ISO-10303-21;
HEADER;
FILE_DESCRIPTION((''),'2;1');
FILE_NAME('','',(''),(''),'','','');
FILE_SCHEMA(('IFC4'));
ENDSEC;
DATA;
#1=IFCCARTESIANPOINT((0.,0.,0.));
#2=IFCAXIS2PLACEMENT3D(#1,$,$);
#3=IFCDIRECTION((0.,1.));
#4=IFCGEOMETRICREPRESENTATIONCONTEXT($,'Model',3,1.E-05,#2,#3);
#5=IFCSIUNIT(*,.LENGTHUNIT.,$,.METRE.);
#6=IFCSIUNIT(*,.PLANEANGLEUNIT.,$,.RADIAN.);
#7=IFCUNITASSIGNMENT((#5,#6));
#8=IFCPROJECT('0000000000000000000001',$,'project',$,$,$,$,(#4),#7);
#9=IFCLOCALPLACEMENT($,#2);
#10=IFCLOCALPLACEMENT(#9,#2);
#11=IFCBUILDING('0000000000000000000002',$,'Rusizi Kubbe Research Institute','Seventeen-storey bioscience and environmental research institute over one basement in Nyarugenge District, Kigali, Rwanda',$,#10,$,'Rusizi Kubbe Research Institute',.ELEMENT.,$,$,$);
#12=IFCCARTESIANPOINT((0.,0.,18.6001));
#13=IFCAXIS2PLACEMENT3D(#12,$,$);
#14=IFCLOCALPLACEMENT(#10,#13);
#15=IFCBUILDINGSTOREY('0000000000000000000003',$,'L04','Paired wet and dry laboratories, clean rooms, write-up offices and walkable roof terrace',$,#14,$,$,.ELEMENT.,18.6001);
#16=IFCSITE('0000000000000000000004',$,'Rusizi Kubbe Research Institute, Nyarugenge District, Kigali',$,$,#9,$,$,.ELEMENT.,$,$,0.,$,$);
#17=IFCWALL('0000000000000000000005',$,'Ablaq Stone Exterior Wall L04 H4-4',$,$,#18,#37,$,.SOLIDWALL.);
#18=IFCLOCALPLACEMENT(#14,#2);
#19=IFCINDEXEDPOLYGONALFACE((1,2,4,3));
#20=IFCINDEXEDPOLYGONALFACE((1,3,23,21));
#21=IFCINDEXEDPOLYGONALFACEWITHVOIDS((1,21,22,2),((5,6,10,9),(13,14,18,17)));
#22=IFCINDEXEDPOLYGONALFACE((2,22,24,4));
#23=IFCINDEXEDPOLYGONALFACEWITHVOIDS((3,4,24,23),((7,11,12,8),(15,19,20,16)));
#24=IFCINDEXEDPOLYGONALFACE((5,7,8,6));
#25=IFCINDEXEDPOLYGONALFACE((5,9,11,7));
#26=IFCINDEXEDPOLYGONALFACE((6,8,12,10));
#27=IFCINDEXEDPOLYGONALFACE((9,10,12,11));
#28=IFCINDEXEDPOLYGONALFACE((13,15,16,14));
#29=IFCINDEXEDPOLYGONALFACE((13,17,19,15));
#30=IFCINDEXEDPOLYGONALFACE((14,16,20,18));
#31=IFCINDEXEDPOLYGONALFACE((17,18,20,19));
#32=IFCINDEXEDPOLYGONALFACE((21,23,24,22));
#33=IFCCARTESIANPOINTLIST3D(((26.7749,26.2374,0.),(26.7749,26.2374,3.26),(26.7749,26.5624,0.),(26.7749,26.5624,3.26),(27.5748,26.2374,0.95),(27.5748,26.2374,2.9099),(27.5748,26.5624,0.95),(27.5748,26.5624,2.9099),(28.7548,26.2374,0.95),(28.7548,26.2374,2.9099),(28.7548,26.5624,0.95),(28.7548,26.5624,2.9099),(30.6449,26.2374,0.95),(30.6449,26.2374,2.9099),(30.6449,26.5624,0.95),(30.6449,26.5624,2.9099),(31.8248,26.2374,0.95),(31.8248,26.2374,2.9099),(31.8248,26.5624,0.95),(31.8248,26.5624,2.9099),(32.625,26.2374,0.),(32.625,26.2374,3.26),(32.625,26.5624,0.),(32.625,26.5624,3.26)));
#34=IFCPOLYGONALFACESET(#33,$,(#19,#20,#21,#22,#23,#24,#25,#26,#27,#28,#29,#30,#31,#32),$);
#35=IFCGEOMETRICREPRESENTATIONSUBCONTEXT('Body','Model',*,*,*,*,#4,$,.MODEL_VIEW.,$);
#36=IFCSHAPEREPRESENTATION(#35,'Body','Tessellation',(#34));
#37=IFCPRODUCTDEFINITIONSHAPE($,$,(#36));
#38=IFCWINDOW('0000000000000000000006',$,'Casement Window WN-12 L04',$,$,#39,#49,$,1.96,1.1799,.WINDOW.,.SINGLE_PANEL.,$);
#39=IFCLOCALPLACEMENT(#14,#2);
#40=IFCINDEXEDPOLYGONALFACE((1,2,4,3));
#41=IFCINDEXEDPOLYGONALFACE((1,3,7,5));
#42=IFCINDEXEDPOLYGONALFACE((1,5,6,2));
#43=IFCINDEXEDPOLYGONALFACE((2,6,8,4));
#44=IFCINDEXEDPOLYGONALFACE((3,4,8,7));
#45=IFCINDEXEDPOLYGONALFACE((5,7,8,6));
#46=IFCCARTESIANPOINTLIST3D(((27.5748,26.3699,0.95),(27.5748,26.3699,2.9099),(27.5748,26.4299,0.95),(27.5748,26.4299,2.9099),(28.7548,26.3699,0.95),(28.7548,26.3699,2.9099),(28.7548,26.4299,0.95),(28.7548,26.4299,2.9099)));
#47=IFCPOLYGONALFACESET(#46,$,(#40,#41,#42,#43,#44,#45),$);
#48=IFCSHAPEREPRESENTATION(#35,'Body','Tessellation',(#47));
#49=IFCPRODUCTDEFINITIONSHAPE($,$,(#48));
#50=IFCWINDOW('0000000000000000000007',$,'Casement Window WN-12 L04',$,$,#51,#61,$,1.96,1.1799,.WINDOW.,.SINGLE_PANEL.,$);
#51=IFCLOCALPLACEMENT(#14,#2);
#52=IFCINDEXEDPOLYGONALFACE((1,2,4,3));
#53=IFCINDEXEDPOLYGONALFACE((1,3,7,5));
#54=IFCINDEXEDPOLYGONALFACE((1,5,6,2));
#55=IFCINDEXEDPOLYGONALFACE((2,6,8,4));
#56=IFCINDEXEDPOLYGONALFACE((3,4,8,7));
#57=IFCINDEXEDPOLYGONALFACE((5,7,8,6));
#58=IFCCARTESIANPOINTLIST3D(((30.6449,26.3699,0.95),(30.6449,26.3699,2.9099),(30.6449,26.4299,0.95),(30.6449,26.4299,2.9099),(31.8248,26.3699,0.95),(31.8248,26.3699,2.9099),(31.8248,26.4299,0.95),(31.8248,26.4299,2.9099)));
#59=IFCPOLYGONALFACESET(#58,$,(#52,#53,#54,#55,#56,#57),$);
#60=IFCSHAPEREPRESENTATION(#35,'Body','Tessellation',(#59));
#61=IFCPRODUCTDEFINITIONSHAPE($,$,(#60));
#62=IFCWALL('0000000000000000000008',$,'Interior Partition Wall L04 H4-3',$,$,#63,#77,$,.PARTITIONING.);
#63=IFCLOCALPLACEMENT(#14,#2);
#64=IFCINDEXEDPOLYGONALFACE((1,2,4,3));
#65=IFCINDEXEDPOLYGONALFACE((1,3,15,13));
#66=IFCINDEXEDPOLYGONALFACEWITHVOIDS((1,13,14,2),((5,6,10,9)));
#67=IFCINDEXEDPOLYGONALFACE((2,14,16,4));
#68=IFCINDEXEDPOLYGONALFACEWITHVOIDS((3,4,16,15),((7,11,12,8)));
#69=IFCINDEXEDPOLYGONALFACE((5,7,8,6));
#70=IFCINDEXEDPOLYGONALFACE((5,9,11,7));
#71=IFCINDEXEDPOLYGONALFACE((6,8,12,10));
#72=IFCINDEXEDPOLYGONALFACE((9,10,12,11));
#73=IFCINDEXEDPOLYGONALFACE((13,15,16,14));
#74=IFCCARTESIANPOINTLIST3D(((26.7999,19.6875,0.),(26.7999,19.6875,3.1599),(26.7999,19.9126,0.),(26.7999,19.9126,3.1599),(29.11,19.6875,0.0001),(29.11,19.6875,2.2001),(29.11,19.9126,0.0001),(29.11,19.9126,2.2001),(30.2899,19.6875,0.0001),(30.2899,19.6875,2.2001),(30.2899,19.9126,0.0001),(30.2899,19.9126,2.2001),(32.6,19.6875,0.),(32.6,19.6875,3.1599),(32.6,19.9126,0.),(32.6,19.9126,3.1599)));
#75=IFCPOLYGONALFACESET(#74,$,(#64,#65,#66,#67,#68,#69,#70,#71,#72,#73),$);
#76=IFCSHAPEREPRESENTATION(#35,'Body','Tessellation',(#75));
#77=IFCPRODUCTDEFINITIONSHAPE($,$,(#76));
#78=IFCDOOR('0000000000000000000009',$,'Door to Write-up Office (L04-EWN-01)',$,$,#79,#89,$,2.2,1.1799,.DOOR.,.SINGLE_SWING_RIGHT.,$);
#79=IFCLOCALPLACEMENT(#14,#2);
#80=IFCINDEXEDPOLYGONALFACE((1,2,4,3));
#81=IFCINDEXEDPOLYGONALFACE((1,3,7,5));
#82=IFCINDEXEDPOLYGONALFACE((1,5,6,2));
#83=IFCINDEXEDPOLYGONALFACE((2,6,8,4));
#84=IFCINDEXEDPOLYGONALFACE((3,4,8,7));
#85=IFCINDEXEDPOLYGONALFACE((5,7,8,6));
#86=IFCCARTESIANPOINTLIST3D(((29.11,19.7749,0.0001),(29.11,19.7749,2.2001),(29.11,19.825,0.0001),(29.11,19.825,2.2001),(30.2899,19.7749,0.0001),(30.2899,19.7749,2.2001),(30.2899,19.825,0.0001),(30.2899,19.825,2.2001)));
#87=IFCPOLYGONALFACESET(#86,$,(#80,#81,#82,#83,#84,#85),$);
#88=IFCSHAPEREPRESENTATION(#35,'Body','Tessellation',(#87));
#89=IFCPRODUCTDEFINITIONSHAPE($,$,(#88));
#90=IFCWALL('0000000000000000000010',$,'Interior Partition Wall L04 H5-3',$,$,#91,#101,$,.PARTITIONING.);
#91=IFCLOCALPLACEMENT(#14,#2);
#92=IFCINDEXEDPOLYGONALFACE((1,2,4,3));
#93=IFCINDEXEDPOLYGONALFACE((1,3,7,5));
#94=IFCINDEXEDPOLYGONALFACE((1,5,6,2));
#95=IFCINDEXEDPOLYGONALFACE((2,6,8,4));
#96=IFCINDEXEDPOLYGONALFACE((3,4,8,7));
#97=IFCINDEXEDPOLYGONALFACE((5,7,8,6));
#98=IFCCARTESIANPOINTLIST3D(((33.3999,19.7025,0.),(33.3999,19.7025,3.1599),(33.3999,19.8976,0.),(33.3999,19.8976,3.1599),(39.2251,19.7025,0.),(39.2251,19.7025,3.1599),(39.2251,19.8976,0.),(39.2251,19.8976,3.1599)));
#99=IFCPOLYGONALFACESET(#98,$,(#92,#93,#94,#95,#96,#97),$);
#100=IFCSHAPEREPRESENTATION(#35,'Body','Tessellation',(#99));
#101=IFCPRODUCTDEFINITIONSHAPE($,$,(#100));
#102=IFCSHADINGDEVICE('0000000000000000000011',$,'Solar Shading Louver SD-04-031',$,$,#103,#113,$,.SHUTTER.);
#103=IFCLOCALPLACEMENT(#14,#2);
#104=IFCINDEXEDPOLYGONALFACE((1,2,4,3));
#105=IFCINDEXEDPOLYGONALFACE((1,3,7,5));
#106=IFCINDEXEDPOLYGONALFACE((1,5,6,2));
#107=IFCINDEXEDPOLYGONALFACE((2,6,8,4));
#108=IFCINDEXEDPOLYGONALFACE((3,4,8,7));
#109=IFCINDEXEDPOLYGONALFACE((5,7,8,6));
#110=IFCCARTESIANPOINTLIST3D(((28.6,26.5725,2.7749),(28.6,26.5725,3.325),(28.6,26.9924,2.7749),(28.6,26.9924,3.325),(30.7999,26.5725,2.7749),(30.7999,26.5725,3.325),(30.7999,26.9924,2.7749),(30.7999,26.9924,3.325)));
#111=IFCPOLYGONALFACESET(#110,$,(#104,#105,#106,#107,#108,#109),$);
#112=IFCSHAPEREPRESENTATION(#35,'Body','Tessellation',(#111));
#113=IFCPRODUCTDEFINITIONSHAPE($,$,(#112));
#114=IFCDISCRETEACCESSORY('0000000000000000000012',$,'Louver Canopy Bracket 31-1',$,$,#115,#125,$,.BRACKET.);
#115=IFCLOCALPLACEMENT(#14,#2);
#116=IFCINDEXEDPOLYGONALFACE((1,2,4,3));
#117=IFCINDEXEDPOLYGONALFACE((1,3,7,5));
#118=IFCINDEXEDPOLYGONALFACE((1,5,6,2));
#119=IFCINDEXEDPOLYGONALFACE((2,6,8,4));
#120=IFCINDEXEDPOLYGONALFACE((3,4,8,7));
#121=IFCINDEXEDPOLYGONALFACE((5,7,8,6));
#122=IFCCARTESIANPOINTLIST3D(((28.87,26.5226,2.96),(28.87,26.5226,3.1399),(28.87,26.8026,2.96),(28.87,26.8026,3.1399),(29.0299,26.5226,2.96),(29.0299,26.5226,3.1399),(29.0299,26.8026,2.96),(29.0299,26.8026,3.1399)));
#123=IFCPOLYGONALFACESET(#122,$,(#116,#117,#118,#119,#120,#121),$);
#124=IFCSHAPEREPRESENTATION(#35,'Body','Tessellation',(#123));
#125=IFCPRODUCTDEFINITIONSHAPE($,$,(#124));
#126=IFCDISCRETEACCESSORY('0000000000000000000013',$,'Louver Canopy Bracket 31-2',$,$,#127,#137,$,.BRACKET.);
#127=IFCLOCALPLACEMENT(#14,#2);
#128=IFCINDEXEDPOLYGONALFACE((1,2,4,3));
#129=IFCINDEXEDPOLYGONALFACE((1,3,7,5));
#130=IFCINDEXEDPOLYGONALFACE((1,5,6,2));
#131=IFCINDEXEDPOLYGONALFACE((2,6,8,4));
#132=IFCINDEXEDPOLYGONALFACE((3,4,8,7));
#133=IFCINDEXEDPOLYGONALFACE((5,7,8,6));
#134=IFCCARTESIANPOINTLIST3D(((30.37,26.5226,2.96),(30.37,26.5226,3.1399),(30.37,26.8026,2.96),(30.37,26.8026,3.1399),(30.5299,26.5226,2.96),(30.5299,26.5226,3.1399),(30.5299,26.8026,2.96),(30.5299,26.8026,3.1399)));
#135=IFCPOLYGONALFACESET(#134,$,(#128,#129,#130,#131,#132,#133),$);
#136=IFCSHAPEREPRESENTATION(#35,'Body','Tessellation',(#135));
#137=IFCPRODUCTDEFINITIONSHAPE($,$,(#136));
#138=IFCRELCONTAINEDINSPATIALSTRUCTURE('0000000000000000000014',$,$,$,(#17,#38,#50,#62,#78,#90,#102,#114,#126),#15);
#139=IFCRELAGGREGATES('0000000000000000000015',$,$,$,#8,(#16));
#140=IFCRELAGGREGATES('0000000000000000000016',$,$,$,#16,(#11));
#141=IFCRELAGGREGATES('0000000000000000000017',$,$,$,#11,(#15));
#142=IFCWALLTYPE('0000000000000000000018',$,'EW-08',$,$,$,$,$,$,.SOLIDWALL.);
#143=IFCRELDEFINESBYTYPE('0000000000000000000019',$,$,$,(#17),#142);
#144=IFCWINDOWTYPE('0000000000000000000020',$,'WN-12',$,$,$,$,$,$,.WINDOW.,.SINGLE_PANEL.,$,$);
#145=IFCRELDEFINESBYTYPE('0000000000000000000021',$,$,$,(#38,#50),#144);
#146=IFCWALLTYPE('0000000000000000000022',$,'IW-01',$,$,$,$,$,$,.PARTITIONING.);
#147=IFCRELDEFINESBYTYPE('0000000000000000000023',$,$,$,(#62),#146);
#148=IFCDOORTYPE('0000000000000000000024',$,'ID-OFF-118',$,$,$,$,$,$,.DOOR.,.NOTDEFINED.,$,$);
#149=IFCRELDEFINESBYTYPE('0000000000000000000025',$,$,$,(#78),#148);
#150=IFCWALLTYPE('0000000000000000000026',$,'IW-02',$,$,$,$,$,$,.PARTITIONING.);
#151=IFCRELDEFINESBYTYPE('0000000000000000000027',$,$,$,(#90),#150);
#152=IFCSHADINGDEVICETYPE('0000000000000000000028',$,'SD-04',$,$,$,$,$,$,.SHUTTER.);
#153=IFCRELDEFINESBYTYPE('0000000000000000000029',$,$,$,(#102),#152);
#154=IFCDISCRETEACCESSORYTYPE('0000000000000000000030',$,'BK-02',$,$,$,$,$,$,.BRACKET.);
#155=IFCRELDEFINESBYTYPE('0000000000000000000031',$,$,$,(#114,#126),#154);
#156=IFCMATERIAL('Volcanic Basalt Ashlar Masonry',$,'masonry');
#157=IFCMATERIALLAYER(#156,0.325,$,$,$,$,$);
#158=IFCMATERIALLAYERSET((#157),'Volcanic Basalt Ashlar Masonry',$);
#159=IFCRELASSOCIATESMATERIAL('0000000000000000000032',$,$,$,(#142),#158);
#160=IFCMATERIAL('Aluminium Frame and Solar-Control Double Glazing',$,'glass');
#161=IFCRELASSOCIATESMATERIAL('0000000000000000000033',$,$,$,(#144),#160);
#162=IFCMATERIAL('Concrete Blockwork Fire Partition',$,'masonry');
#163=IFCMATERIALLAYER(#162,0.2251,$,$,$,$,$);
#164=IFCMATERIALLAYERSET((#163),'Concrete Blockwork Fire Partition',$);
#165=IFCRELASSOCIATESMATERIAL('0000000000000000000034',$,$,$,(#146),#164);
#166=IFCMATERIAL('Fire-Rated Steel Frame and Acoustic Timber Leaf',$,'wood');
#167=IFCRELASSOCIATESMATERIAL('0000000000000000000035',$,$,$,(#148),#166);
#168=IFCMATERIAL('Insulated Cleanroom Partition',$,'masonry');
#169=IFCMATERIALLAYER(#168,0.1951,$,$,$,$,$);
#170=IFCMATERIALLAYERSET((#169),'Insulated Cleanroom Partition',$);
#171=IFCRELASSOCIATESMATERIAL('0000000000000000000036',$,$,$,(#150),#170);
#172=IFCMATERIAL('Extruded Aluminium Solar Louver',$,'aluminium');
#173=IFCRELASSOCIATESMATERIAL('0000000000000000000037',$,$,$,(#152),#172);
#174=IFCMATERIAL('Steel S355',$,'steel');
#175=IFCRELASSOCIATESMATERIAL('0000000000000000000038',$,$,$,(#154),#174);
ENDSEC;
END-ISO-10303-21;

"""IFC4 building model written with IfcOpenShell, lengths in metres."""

from ifc_helpers import new_model, si_unit, direction, frame, frame_2d, origin, origin_2d, place, context, subcontext, project, spatial, rectangle, extrude, material, layer, layer_set, type_object, element, fill, save


model = new_model("IFC4")

# Units and contexts
model_context = context("Model", 3, precision=1e-05, world=origin(), true_north=direction((0.0, 1.0)))
body_context = subcontext(model_context, "Body", "Model", "MODEL_VIEW")
ifc_project = project(units=[si_unit("LENGTHUNIT", "METRE"), si_unit("PLANEANGLEUNIT", "RADIAN")], contexts=[model_context])

# Site, building, storey
site_placement = place(None, origin())
site = spatial("IfcSite", under=ifc_project, at=site_placement, Name="Rusizi Kubbe Research Institute, Nyarugenge District, Kigali", CompositionType="ELEMENT", RefElevation=0.0)
building_placement = place(site_placement, origin())
building = spatial("IfcBuilding", under=site, at=building_placement, Name="Rusizi Kubbe Research Institute", Description="Seventeen-storey bioscience and environmental research institute over one basement in Nyarugenge District, Kigali, Rwanda", LongName="Rusizi Kubbe Research Institute", CompositionType="ELEMENT")
storey_placement = place(building_placement, frame((0.0, 0.0, 18.6001)))
storey = spatial("IfcBuildingStorey", under=building, at=storey_placement, Name="L04", Description="Paired wet and dry laboratories, clean rooms, write-up offices and walkable roof terrace", CompositionType="ELEMENT", Elevation=18.6001)

# Wall, openings, windows
ifc_material_1 = material(Name="Volcanic Basalt Ashlar Masonry", Category="masonry")
ifc_layer_1 = layer(ifc_material_1, 0.325)
ifc_layer_set_1 = layer_set([ifc_layer_1], Name="Volcanic Basalt Ashlar Masonry")
wall_type_1 = type_object("IfcWallType", Name="EW-08", PredefinedType="SOLIDWALL", material=ifc_layer_set_1)
wall_1_placement = place(storey_placement, frame((26.7749, 26.3999, 0.0), z_axis=(0.0, 0.0, 1.0), x_axis=(1.0, 0.0, 0.0)))
wall_1 = element("IfcWall", 1, at=wall_1_placement, inside=storey, type_object=wall_type_1, Name="Ablaq Stone Exterior Wall L04 H4-4", PredefinedType="SOLIDWALL", context=body_context, shape_type="SweptSolid", body=[
    extrude(rectangle(XDim=5.8501, YDim=0.325, at=frame_2d((2.925, 0.0))), origin(), (0.0, 0.0, 1.0), 3.26),
])
opening_1_placement = place(wall_1_placement, frame((0.8, 0.0, 0.95)))
opening_1 = element("IfcOpeningElement", 2, at=opening_1_placement, cuts=wall_1, PredefinedType="OPENING", context=body_context, shape_type="SweptSolid", body=[
    extrude(rectangle(XDim=1.1799, YDim=1.96, at=frame_2d((0.5898, 0.98))), frame((0.0, 0.1724, 0.0), z_axis=(0.0, -1.0, 0.0), x_axis=(1.0, 0.0, 0.0)), (0.0, 0.0, 1.0), 0.345),
])
opening_2_placement = place(wall_1_placement, frame((3.8701, 0.0, 0.95)))
opening_2 = element("IfcOpeningElement", 3, at=opening_2_placement, cuts=wall_1, PredefinedType="OPENING", context=body_context, shape_type="SweptSolid", body=[
    extrude(rectangle(XDim=1.1799, YDim=1.96, at=frame_2d((0.5898, 0.98))), frame((0.0, 0.1724, 0.0), z_axis=(0.0, -1.0, 0.0), x_axis=(1.0, 0.0, 0.0)), (0.0, 0.0, 1.0), 0.345),
])
ifc_material_2 = material(Name="Aluminium Frame and Solar-Control Double Glazing", Category="glass")
window_type = type_object("IfcWindowType", Name="WN-12", PartitioningType="SINGLE_PANEL", PredefinedType="WINDOW", material=ifc_material_2)
window_1_placement = place(opening_1_placement, origin())
window_1 = element("IfcWindow", 4, at=window_1_placement, inside=storey, type_object=window_type, Name="Casement Window WN-12 L04", OverallHeight=1.96, OverallWidth=1.1799, PartitioningType="SINGLE_PANEL", PredefinedType="WINDOW", context=body_context, shape_type="SweptSolid", body=[
    extrude(rectangle(XDim=1.1799, YDim=1.96, at=frame_2d((0.5898, 0.98))), frame((0.0, 0.03, 0.0), z_axis=(0.0, -1.0, 0.0), x_axis=(1.0, 0.0, 0.0)), (0.0, 0.0, 1.0), 0.0601),
])
fill(opening_1, window_1)
window_2_placement = place(opening_2_placement, origin())
window_2 = element("IfcWindow", 5, at=window_2_placement, inside=storey, type_object=window_type, Name="Casement Window WN-12 L04", OverallHeight=1.96, OverallWidth=1.1799, PartitioningType="SINGLE_PANEL", PredefinedType="WINDOW", context=body_context, shape_type="SweptSolid", body=[
    extrude(rectangle(XDim=1.1799, YDim=1.96, at=frame_2d((0.5898, 0.98))), frame((0.0, 0.03, 0.0), z_axis=(0.0, -1.0, 0.0), x_axis=(1.0, 0.0, 0.0)), (0.0, 0.0, 1.0), 0.0601),
])
fill(opening_2, window_2)

# Wall, opening, door
ifc_material_3 = material(Name="Concrete Blockwork Fire Partition", Category="masonry")
ifc_layer_2 = layer(ifc_material_3, 0.2251)
ifc_layer_set_2 = layer_set([ifc_layer_2], Name="Concrete Blockwork Fire Partition")
wall_type_2 = type_object("IfcWallType", Name="IW-01", PredefinedType="PARTITIONING", material=ifc_layer_set_2)
wall_2_placement = place(storey_placement, frame((26.8, 19.8, 0.0), z_axis=(0.0, 0.0, 1.0), x_axis=(1.0, 0.0, 0.0)))
wall_2 = element("IfcWall", 6, at=wall_2_placement, inside=storey, type_object=wall_type_2, Name="Interior Partition Wall L04 H4-3", PredefinedType="PARTITIONING", context=body_context, shape_type="SweptSolid", body=[
    extrude(rectangle(XDim=5.8, YDim=0.2251, at=frame_2d((2.8999, 0.0))), origin(), (0.0, 0.0, 1.0), 3.1599),
])
opening_3_placement = place(wall_2_placement, frame((2.3101, 0.0, 0.0)))
opening_3 = element("IfcOpeningElement", 7, at=opening_3_placement, cuts=wall_2, PredefinedType="OPENING", context=body_context, shape_type="SweptSolid", body=[
    extrude(rectangle(XDim=1.1799, YDim=2.2, at=frame_2d((0.5898, 1.1001))), frame((0.0, 0.1226, 0.0), z_axis=(0.0, -1.0, 0.0), x_axis=(1.0, 0.0, 0.0)), (0.0, 0.0, 1.0), 0.2451),
])
ifc_material_4 = material(Name="Fire-Rated Steel Frame and Acoustic Timber Leaf", Category="wood")
door_type = type_object("IfcDoorType", Name="ID-OFF-118", OperationType="NOTDEFINED", PredefinedType="DOOR", material=ifc_material_4)
door_placement = place(opening_3_placement, origin())
door = element("IfcDoor", 8, at=door_placement, inside=storey, type_object=door_type, Name="Door to Write-up Office (L04-EWN-01)", OperationType="SINGLE_SWING_RIGHT", OverallHeight=2.2, OverallWidth=1.1799, PredefinedType="DOOR", context=body_context, shape_type="SweptSolid", body=[
    extrude(rectangle(XDim=1.1799, YDim=2.2, at=frame_2d((0.5898, 1.1001))), frame((0.0, 0.0249, 0.0), z_axis=(0.0, -1.0, 0.0), x_axis=(1.0, 0.0, 0.0)), (0.0, 0.0, 1.0), 0.05),
])
fill(opening_3, door)

# Wall
ifc_material_5 = material(Name="Insulated Cleanroom Partition", Category="masonry")
ifc_layer_3 = layer(ifc_material_5, 0.1951)
ifc_layer_set_3 = layer_set([ifc_layer_3], Name="Insulated Cleanroom Partition")
wall_type_3 = type_object("IfcWallType", Name="IW-02", PredefinedType="PARTITIONING", material=ifc_layer_set_3)
wall_3_placement = place(storey_placement, frame((33.3999, 19.8, 0.0), z_axis=(0.0, 0.0, 1.0), x_axis=(1.0, 0.0, 0.0)))
element("IfcWall", 9, at=wall_3_placement, inside=storey, type_object=wall_type_3, Name="Interior Partition Wall L04 H5-3", PredefinedType="PARTITIONING", context=body_context, shape_type="SweptSolid", body=[
    extrude(rectangle(XDim=5.8252, YDim=0.1951, at=frame_2d((2.9126, 0.0))), origin(), (0.0, 0.0, 1.0), 3.1599),
])

# Shading device
ifc_material_6 = material(Name="Extruded Aluminium Solar Louver", Category="aluminium")
shading_device_type = type_object("IfcShadingDeviceType", Name="SD-04", PredefinedType="SHUTTER", material=ifc_material_6)
shading_device_placement = place(storey_placement, frame((29.7, 26.7825, 2.7749), z_axis=(0.0, 0.0, 1.0), x_axis=(1.0, 0.0, 0.0)))
element("IfcShadingDevice", 10, at=shading_device_placement, inside=storey, type_object=shading_device_type, Name="Solar Shading Louver SD-04-031", PredefinedType="SHUTTER", context=body_context, shape_type="SweptSolid", body=[
    extrude(rectangle(XDim=2.2, YDim=0.4199, at=origin_2d()), origin(), (0.0, 0.0, 1.0), 0.55),
])

# Discrete accessories
ifc_material_7 = material(Name="Steel S355", Category="steel")
discrete_accessory_type = type_object("IfcDiscreteAccessoryType", Name="BK-02", PredefinedType="BRACKET", material=ifc_material_7)
for number, where, z_axis, x_axis, name in (
    (11, (28.95, 26.6626, 2.96), (0.0, 0.0, 1.0), (1.0, 0.0, 0.0), "Louver Canopy Bracket 31-1"),
    (12, (30.45, 26.6626, 2.96), (0.0, 0.0, 1.0), (1.0, 0.0, 0.0), "Louver Canopy Bracket 31-2"),
):
    element("IfcDiscreteAccessory", number, at=place(storey_placement, frame(where, z_axis=z_axis, x_axis=x_axis)), inside=storey, type_object=discrete_accessory_type, Name=name, PredefinedType="BRACKET", context=body_context, shape_type="SweptSolid", body=[
        extrude(rectangle(XDim=0.1599, YDim=0.28, at=origin_2d()), origin(), (0.0, 0.0, 1.0), 0.1799),
    ])

save(model, "model.ifc")
